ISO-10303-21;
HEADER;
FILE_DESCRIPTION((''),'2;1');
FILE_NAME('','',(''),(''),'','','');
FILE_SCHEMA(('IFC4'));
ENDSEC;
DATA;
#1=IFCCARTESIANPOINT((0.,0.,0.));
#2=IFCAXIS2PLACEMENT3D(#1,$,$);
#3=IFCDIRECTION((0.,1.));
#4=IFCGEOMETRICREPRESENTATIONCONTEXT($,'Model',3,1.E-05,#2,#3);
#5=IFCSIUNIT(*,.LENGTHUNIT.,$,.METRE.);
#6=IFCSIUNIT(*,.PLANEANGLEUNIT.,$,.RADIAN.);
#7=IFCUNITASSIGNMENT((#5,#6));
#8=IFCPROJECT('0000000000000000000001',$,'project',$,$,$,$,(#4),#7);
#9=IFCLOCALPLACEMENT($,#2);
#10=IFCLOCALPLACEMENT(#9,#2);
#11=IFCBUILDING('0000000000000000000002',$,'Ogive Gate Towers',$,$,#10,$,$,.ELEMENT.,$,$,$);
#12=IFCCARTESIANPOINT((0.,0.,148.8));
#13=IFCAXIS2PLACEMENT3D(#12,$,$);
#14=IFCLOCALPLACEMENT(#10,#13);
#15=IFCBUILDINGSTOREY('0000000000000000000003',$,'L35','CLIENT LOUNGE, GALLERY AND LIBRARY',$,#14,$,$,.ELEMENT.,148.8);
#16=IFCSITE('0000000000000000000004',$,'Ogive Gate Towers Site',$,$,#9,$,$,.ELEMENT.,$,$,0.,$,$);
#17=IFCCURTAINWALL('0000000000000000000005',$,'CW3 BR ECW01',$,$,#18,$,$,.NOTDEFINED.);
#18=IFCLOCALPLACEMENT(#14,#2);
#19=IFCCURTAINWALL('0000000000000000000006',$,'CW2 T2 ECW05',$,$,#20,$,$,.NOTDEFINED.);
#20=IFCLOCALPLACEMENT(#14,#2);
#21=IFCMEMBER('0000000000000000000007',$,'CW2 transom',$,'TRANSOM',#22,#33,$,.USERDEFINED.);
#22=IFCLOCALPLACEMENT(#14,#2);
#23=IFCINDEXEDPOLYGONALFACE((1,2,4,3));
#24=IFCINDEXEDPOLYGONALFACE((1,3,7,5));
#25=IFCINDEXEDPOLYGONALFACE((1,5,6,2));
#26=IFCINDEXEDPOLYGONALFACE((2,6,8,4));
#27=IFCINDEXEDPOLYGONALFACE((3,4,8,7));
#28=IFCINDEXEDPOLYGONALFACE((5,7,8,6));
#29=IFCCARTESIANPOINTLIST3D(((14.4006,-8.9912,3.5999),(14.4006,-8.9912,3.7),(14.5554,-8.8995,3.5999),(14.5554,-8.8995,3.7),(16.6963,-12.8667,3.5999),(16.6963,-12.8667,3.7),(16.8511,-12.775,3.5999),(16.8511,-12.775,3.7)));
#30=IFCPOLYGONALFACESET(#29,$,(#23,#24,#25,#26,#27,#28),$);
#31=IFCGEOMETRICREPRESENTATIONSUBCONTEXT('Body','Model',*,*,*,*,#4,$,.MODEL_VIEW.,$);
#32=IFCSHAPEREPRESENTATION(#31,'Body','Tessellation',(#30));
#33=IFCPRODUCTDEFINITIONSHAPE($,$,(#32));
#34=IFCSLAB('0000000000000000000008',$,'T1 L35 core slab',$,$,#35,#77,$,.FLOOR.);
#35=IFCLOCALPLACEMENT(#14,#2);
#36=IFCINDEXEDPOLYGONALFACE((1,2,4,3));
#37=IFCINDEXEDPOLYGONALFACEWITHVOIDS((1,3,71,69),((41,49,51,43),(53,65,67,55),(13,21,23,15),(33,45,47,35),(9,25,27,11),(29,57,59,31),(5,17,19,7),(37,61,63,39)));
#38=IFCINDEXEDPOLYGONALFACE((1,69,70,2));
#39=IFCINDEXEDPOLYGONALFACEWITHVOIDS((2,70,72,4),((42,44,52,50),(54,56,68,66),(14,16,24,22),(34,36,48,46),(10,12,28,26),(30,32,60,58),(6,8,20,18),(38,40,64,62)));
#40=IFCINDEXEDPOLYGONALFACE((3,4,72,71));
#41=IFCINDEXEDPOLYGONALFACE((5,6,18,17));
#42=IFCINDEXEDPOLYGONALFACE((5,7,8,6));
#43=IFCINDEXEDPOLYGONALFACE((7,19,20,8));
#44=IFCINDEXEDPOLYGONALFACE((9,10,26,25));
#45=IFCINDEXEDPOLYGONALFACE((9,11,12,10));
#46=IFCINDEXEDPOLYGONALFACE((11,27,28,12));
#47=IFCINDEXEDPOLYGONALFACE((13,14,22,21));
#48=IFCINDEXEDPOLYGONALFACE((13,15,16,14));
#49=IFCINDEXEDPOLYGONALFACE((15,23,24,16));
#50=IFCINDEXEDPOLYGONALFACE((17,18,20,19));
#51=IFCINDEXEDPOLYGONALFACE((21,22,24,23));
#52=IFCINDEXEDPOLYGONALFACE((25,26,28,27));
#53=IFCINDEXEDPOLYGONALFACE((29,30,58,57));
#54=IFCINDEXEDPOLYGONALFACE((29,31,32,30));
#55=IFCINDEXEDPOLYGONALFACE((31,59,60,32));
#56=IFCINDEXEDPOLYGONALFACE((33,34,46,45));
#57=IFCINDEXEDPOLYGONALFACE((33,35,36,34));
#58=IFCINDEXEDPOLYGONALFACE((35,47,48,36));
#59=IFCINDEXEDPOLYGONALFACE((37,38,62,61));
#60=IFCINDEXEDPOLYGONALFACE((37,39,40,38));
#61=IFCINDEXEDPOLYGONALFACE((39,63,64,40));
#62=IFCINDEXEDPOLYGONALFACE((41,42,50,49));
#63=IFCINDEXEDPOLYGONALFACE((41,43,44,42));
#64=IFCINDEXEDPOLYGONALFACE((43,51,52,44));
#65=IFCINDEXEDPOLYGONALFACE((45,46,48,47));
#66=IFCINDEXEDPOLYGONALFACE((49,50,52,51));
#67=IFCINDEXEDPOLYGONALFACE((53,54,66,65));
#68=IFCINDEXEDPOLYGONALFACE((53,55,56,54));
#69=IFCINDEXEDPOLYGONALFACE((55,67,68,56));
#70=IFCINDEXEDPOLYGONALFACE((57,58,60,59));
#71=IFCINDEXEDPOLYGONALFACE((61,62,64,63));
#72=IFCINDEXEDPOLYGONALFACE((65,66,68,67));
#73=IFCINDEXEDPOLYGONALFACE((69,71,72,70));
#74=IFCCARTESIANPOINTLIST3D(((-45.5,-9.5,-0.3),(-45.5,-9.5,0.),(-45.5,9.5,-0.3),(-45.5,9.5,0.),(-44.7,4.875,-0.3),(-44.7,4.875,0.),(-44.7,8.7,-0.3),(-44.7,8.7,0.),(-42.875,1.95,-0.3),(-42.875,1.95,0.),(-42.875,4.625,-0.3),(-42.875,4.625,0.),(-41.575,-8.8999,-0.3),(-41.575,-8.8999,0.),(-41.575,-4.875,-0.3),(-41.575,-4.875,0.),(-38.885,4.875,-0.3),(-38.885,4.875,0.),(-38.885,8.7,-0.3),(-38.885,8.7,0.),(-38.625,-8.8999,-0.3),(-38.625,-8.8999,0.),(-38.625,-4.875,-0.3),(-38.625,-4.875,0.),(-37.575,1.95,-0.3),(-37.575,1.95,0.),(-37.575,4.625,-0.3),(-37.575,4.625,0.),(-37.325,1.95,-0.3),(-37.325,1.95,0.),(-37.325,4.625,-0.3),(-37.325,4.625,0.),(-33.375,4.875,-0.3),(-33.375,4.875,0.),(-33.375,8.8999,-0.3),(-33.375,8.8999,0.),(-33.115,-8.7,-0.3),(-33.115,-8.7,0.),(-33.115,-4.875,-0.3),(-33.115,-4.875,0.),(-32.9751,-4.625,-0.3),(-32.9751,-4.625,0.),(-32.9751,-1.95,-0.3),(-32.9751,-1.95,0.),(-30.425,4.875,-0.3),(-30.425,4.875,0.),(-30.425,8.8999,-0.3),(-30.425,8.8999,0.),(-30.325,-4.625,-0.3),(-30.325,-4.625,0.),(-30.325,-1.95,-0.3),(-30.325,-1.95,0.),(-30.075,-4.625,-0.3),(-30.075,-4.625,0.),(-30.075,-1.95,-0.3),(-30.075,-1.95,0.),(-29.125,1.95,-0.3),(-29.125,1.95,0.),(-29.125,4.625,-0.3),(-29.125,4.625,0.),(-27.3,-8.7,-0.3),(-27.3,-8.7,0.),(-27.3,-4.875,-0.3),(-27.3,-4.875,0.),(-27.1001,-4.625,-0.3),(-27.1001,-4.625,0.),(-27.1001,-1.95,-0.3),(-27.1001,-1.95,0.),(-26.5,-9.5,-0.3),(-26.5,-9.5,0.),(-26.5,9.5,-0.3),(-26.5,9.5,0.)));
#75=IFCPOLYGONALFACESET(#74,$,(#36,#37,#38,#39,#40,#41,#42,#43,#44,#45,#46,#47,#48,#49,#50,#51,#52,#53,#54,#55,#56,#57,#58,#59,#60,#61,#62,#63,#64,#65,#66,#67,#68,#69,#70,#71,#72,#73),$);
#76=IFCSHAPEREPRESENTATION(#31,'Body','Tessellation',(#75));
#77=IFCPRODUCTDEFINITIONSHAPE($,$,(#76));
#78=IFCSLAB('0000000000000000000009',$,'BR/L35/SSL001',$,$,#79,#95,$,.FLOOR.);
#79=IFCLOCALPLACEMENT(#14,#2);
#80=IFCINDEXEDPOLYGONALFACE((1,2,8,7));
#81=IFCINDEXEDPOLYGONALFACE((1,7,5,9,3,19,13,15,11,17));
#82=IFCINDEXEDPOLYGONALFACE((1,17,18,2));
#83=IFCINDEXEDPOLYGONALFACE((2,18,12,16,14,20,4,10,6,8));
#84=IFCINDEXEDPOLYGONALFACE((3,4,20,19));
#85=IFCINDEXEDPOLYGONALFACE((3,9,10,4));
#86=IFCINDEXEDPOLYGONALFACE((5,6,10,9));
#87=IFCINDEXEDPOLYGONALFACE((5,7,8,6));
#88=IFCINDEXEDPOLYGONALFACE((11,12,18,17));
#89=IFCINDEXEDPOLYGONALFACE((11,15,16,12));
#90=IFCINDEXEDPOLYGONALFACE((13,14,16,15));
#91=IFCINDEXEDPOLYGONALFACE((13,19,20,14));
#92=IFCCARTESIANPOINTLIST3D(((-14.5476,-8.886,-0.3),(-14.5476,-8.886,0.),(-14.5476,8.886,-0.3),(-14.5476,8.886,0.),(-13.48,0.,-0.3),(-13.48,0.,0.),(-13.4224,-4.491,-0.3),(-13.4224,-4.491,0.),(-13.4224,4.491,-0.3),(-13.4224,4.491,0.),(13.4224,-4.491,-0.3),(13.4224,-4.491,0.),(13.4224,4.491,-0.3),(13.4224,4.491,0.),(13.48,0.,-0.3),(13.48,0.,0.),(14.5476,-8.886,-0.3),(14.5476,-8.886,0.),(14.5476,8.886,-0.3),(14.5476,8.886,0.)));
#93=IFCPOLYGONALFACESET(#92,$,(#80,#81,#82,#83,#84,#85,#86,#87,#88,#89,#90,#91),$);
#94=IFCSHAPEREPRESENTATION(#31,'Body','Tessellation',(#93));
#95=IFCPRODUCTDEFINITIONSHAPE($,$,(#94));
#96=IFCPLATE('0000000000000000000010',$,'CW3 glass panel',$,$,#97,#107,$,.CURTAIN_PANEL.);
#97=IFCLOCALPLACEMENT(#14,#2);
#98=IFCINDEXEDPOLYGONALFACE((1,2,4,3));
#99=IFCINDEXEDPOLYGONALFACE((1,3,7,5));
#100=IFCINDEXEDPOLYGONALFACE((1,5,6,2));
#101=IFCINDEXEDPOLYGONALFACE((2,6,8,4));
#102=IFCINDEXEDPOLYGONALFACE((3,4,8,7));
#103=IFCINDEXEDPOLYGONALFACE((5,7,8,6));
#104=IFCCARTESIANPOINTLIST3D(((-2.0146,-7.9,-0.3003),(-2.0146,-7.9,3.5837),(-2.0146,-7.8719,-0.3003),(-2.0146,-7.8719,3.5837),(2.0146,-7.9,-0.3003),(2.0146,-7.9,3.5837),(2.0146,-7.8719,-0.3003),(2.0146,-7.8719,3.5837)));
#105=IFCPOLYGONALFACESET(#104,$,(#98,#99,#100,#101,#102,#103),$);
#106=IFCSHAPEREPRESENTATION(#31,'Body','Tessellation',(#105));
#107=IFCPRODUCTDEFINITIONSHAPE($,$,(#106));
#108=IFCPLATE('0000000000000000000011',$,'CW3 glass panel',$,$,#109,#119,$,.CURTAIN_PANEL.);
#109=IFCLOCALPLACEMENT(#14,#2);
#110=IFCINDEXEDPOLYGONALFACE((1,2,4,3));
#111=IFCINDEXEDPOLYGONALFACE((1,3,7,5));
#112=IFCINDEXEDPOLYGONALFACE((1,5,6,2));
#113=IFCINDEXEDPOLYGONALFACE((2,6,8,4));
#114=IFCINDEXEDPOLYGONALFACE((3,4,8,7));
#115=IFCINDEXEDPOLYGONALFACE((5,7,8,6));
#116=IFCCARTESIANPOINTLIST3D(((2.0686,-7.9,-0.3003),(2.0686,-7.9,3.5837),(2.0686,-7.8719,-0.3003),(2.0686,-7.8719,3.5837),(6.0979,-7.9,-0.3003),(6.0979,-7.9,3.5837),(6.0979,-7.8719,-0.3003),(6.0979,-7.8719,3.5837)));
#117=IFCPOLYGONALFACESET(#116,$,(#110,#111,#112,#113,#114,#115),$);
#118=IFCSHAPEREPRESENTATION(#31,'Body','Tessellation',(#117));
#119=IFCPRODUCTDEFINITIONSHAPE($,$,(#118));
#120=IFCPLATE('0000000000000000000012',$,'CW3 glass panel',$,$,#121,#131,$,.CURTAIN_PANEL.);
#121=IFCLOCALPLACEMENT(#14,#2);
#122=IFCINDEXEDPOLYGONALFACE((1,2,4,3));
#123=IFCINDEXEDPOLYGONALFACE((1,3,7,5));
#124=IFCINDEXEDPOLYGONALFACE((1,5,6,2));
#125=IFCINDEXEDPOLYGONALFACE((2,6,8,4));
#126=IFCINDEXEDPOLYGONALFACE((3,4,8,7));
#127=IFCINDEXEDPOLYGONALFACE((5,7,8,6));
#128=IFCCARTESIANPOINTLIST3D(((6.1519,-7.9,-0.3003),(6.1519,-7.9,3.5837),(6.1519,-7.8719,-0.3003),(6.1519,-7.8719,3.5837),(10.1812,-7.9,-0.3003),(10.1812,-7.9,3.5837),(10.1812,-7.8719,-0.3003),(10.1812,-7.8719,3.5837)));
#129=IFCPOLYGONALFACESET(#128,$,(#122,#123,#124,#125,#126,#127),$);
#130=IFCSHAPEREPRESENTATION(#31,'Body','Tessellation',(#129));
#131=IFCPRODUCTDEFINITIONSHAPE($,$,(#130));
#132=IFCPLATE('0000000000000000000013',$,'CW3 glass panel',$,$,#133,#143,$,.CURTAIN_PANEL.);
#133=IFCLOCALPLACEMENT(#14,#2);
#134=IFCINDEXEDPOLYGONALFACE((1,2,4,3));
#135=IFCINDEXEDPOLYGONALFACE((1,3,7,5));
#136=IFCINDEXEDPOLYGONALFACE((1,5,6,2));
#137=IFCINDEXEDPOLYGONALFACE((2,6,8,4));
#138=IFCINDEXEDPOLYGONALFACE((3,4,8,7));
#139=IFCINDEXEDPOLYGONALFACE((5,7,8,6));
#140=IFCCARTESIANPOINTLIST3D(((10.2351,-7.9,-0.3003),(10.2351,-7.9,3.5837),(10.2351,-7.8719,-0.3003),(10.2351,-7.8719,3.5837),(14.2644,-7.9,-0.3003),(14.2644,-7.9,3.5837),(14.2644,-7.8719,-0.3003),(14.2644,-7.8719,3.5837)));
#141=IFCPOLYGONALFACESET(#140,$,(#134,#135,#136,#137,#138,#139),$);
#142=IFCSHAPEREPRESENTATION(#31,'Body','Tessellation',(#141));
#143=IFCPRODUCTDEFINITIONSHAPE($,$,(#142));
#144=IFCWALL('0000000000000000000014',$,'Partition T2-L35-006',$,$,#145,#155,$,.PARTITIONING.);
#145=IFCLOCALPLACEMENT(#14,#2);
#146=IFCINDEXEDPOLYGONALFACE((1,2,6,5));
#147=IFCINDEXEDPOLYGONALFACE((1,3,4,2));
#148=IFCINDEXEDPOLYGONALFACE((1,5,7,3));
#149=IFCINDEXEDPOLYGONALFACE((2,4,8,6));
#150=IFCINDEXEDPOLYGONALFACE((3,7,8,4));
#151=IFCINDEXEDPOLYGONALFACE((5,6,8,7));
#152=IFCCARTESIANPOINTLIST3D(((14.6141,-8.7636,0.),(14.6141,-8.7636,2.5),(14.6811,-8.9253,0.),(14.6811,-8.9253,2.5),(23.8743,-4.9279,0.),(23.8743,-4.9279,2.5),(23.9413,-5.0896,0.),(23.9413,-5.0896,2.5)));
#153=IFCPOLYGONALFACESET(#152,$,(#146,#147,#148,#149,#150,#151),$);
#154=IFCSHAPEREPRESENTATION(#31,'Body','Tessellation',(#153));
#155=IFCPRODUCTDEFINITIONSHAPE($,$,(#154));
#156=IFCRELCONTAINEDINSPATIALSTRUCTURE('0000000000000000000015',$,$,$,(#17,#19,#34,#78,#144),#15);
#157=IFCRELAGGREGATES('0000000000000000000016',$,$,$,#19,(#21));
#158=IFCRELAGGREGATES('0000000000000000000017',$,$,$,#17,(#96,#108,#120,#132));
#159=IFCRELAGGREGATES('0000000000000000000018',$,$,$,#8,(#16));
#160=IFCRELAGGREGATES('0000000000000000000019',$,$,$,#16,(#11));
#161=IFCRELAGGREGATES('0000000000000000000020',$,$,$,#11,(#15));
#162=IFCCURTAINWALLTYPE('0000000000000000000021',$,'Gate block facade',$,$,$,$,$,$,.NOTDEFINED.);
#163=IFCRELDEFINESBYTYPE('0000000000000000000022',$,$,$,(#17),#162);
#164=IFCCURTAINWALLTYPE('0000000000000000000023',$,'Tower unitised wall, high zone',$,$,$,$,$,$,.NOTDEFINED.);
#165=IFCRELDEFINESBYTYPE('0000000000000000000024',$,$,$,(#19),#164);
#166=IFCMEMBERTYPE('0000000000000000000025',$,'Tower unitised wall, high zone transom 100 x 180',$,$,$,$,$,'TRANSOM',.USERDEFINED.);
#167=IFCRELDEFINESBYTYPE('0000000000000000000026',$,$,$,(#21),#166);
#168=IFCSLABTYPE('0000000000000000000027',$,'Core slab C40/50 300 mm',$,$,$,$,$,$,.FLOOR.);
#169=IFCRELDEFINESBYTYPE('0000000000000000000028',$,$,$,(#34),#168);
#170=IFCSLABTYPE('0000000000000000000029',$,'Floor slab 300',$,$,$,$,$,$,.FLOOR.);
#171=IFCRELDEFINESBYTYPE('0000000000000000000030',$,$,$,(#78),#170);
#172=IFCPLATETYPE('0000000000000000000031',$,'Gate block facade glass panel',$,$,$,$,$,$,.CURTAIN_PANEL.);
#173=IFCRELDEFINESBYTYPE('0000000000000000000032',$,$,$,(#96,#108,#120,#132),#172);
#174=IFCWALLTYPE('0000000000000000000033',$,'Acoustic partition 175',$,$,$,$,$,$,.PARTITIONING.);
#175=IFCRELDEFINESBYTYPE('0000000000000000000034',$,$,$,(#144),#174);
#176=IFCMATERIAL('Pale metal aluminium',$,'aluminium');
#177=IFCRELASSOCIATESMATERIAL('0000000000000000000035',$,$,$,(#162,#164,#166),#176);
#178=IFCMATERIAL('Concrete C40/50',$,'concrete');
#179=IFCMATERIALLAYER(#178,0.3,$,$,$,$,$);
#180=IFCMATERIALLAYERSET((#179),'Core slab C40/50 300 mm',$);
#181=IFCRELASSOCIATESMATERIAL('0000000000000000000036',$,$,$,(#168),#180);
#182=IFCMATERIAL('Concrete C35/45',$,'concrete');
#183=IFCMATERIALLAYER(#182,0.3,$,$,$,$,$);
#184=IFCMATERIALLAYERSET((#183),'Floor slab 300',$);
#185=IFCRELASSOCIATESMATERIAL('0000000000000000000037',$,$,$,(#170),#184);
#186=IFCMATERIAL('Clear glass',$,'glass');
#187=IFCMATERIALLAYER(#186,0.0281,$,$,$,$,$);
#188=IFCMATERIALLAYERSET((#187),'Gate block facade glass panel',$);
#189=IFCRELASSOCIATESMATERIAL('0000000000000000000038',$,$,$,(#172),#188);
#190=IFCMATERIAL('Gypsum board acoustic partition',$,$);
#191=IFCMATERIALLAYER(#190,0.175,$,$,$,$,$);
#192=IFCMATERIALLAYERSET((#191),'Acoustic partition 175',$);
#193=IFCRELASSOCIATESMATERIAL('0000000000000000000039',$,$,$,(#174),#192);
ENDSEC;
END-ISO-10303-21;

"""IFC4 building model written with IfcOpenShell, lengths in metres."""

from ifc_helpers import new_model, si_unit, direction, frame, frame_2d, origin, origin_2d, place, context, subcontext, project, spatial, polyline, rectangle, outline, extrude, material, layer, layer_set, material_profile, profile_set, type_object, element, aggregate, save


model = new_model("IFC4")

# Units and contexts
model_context = context("Model", 3, precision=1e-05, world=origin(), true_north=direction((0.0, 1.0)))
body_context = subcontext(model_context, "Body", "Model", "MODEL_VIEW")
ifc_project = project(units=[si_unit("LENGTHUNIT", "METRE"), si_unit("PLANEANGLEUNIT", "RADIAN")], contexts=[model_context])

# Site, building, storey
site_placement = place(None, origin())
site = spatial("IfcSite", under=ifc_project, at=site_placement, Name="Ogive Gate Towers Site", CompositionType="ELEMENT", RefElevation=0.0)
building_placement = place(site_placement, origin())
building = spatial("IfcBuilding", under=site, at=building_placement, Name="Ogive Gate Towers", CompositionType="ELEMENT")
storey_placement = place(building_placement, frame((0.0, 0.0, 148.8)))
storey = spatial("IfcBuildingStorey", under=building, at=storey_placement, Name="L35", Description="CLIENT LOUNGE, GALLERY AND LIBRARY", CompositionType="ELEMENT", Elevation=148.8)

# Curtain walls, member
ifc_material_1 = material(Name="Pale metal aluminium", Category="aluminium")
curtain_wall_type_1 = type_object("IfcCurtainWallType", Name="Gate block facade", PredefinedType="NOTDEFINED", material=ifc_material_1)
curtain_wall_1_placement = place(storey_placement, origin())
curtain_wall_1 = element("IfcCurtainWall", 1, at=curtain_wall_1_placement, inside=storey, type_object=curtain_wall_type_1, Name="CW3 BR ECW01", PredefinedType="NOTDEFINED")
curtain_wall_type_2 = type_object("IfcCurtainWallType", Name="Tower unitised wall, high zone", PredefinedType="NOTDEFINED", material=ifc_material_1)
curtain_wall_2_placement = place(storey_placement, origin())
curtain_wall_2 = element("IfcCurtainWall", 2, at=curtain_wall_2_placement, inside=storey, type_object=curtain_wall_type_2, Name="CW2 T2 ECW05", PredefinedType="NOTDEFINED")
ifc_material_profile_1 = material_profile(ifc_material_1, rectangle(XDim=0.1799, YDim=0.1001, at=origin_2d()), Name="100 x 180 aluminium box")
ifc_profile_set_1 = profile_set([ifc_material_profile_1], Name="Pale metal aluminium")
member_type_1 = type_object("IfcMemberType", Name="Tower unitised wall, high zone transom 100 x 180", ElementType="TRANSOM", PredefinedType="USERDEFINED", material=ifc_profile_set_1)
member_1_placement = place(storey_placement, frame((14.478, -8.9453, 3.6499), z_axis=(0.509649, -0.860382, 0.0), x_axis=(0.860382, 0.509649, 0.0)))
member_1 = element("IfcMember", 3, at=member_1_placement, type_object=member_type_1, Name="CW2 transom", ObjectType="TRANSOM", PredefinedType="USERDEFINED", context=body_context, shape_type="SweptSolid", body=[
    extrude(rectangle(XDim=0.1799, YDim=0.1001, at=origin_2d()), origin(), (0.0, 0.0, 1.0), 4.5044),
])
aggregate(curtain_wall_2, [member_1])

# Slabs
ifc_material_2 = material(Name="Concrete C40/50", Category="concrete")
ifc_layer_1 = layer(ifc_material_2, 0.3)
ifc_layer_set_1 = layer_set([ifc_layer_1], Name="Core slab C40/50 300 mm")
slab_type_1 = type_object("IfcSlabType", Name="Core slab C40/50 300 mm", PredefinedType="FLOOR", material=ifc_layer_set_1)
slab_1_placement = place(storey_placement, frame((0.0, 0.0, -0.3)))
element("IfcSlab", 4, at=slab_1_placement, inside=storey, type_object=slab_type_1, Name="T1 L35 core slab", PredefinedType="FLOOR", context=body_context, shape_type="SweptSolid", body=[
    extrude(outline(polyline([(-45.5, -9.5), (-45.5, 9.5), (-26.5, 9.5), (-26.5, -9.5), (-45.5, -9.5)]), holes=[polyline([(-42.875, 1.95), (-37.575, 1.95), (-37.575, 4.625), (-42.875, 4.625), (-42.875, 1.95)]), polyline([(-37.325, 4.625), (-37.325, 1.95), (-29.125, 1.95), (-29.125, 4.625), (-37.325, 4.625)]), polyline([(-30.325, -1.95), (-32.9751, -1.95), (-32.9751, -4.625), (-30.325, -4.625), (-30.325, -1.95)]), polyline([(-27.1001, -4.625), (-27.1001, -1.95), (-30.075, -1.95), (-30.075, -4.625), (-27.1001, -4.625)]), polyline([(-33.375, 4.875), (-30.425, 4.875), (-30.425, 8.8999), (-33.375, 8.8999), (-33.375, 4.875)]), polyline([(-41.575, -4.875), (-41.575, -8.8999), (-38.625, -8.8999), (-38.625, -4.875), (-41.575, -4.875)]), polyline([(-44.7, 4.875), (-38.885, 4.875), (-38.885, 8.7), (-44.7, 8.7), (-44.7, 4.875)]), polyline([(-27.3, -8.7), (-27.3, -4.875), (-33.115, -4.875), (-33.115, -8.7), (-27.3, -8.7)])]), origin(), (0.0, 0.0, 1.0), 0.3),
])
ifc_material_3 = material(Name="Concrete C35/45", Category="concrete")
ifc_layer_2 = layer(ifc_material_3, 0.3)
ifc_layer_set_2 = layer_set([ifc_layer_2], Name="Floor slab 300")
slab_type_2 = type_object("IfcSlabType", Name="Floor slab 300", PredefinedType="FLOOR", material=ifc_layer_set_2)
slab_2_placement = place(storey_placement, frame((0.0, 0.0, -0.3)))
element("IfcSlab", 5, at=slab_2_placement, inside=storey, type_object=slab_type_2, Name="BR/L35/SSL001", PredefinedType="FLOOR", context=body_context, shape_type="SweptSolid", body=[
    extrude(outline(polyline([(-14.5476, -8.886), (14.5476, -8.886), (14.5476, -8.886), (13.4224, -4.491), (13.48, 0.0), (13.4224, 4.491), (14.5476, 8.886), (-14.5476, 8.886), (-13.4224, 4.491), (-13.48, 0.0), (-13.4224, -4.491), (-14.5476, -8.886), (-14.5476, -8.886)])), origin(), (0.0, 0.0, 1.0), 0.3),
])

# Plates
ifc_material_4 = material(Name="Clear glass", Category="glass")
ifc_layer_3 = layer(ifc_material_4, 0.0281)
ifc_layer_set_3 = layer_set([ifc_layer_3], Name="Gate block facade glass panel")
plate_type = type_object("IfcPlateType", Name="Gate block facade glass panel", PredefinedType="CURTAIN_PANEL", material=ifc_layer_set_3)
plate_1_placement = place(storey_placement, frame((0.0, -7.886, -0.3003), z_axis=(0.0, 0.0, 1.0), x_axis=(1.0, 0.0, 0.0)))
plate_1 = element("IfcPlate", 6, at=plate_1_placement, type_object=plate_type, Name="CW3 glass panel", PredefinedType="CURTAIN_PANEL", context=body_context, shape_type="SweptSolid", body=[
    extrude(rectangle(XDim=4.0293, YDim=0.0281, at=origin_2d()), origin(), (0.0, 0.0, 1.0), 3.884),
])
plate_2_placement = place(storey_placement, frame((4.0833, -7.886, -0.3003), z_axis=(0.0, 0.0, 1.0), x_axis=(1.0, 0.0, 0.0)))
plate_2 = element("IfcPlate", 7, at=plate_2_placement, type_object=plate_type, Name="CW3 glass panel", PredefinedType="CURTAIN_PANEL", context=body_context, shape_type="SweptSolid", body=[
    extrude(rectangle(XDim=4.0293, YDim=0.0281, at=origin_2d()), origin(), (0.0, 0.0, 1.0), 3.884),
])
plate_3_placement = place(storey_placement, frame((8.1665, -7.886, -0.3003), z_axis=(0.0, 0.0, 1.0), x_axis=(1.0, 0.0, 0.0)))
plate_3 = element("IfcPlate", 8, at=plate_3_placement, type_object=plate_type, Name="CW3 glass panel", PredefinedType="CURTAIN_PANEL", context=body_context, shape_type="SweptSolid", body=[
    extrude(rectangle(XDim=4.0293, YDim=0.0281, at=origin_2d()), origin(), (0.0, 0.0, 1.0), 3.884),
])
plate_4_placement = place(storey_placement, frame((12.2498, -7.886, -0.3003), z_axis=(0.0, 0.0, 1.0), x_axis=(1.0, 0.0, 0.0)))
plate_4 = element("IfcPlate", 9, at=plate_4_placement, type_object=plate_type, Name="CW3 glass panel", PredefinedType="CURTAIN_PANEL", context=body_context, shape_type="SweptSolid", body=[
    extrude(rectangle(XDim=4.0293, YDim=0.0281, at=origin_2d()), origin(), (0.0, 0.0, 1.0), 3.884),
])
aggregate(curtain_wall_1, [plate_1, plate_2, plate_3, plate_4])

# Wall
ifc_material_5 = material(Name="Gypsum board acoustic partition")
ifc_layer_4 = layer(ifc_material_5, 0.175)
ifc_layer_set_4 = layer_set([ifc_layer_4], Name="Acoustic partition 175")
wall_type_1 = type_object("IfcWallType", Name="Acoustic partition 175", PredefinedType="PARTITIONING", material=ifc_layer_set_4)
wall_1_placement = place(storey_placement, frame((14.6475, -8.8445, 0.0), z_axis=(0.0, 0.0, 1.0), x_axis=(0.923881, 0.382681, 0.0)))
element("IfcWall", 10, at=wall_1_placement, inside=storey, type_object=wall_type_1, Name="Partition T2-L35-006", PredefinedType="PARTITIONING", context=body_context, shape_type="SweptSolid", body=[
    extrude(rectangle(XDim=10.0232, YDim=0.175, at=frame_2d((5.0117, 0.0))), origin(), (0.0, 0.0, 1.0), 2.5),
])

save(model, "model.ifc")
